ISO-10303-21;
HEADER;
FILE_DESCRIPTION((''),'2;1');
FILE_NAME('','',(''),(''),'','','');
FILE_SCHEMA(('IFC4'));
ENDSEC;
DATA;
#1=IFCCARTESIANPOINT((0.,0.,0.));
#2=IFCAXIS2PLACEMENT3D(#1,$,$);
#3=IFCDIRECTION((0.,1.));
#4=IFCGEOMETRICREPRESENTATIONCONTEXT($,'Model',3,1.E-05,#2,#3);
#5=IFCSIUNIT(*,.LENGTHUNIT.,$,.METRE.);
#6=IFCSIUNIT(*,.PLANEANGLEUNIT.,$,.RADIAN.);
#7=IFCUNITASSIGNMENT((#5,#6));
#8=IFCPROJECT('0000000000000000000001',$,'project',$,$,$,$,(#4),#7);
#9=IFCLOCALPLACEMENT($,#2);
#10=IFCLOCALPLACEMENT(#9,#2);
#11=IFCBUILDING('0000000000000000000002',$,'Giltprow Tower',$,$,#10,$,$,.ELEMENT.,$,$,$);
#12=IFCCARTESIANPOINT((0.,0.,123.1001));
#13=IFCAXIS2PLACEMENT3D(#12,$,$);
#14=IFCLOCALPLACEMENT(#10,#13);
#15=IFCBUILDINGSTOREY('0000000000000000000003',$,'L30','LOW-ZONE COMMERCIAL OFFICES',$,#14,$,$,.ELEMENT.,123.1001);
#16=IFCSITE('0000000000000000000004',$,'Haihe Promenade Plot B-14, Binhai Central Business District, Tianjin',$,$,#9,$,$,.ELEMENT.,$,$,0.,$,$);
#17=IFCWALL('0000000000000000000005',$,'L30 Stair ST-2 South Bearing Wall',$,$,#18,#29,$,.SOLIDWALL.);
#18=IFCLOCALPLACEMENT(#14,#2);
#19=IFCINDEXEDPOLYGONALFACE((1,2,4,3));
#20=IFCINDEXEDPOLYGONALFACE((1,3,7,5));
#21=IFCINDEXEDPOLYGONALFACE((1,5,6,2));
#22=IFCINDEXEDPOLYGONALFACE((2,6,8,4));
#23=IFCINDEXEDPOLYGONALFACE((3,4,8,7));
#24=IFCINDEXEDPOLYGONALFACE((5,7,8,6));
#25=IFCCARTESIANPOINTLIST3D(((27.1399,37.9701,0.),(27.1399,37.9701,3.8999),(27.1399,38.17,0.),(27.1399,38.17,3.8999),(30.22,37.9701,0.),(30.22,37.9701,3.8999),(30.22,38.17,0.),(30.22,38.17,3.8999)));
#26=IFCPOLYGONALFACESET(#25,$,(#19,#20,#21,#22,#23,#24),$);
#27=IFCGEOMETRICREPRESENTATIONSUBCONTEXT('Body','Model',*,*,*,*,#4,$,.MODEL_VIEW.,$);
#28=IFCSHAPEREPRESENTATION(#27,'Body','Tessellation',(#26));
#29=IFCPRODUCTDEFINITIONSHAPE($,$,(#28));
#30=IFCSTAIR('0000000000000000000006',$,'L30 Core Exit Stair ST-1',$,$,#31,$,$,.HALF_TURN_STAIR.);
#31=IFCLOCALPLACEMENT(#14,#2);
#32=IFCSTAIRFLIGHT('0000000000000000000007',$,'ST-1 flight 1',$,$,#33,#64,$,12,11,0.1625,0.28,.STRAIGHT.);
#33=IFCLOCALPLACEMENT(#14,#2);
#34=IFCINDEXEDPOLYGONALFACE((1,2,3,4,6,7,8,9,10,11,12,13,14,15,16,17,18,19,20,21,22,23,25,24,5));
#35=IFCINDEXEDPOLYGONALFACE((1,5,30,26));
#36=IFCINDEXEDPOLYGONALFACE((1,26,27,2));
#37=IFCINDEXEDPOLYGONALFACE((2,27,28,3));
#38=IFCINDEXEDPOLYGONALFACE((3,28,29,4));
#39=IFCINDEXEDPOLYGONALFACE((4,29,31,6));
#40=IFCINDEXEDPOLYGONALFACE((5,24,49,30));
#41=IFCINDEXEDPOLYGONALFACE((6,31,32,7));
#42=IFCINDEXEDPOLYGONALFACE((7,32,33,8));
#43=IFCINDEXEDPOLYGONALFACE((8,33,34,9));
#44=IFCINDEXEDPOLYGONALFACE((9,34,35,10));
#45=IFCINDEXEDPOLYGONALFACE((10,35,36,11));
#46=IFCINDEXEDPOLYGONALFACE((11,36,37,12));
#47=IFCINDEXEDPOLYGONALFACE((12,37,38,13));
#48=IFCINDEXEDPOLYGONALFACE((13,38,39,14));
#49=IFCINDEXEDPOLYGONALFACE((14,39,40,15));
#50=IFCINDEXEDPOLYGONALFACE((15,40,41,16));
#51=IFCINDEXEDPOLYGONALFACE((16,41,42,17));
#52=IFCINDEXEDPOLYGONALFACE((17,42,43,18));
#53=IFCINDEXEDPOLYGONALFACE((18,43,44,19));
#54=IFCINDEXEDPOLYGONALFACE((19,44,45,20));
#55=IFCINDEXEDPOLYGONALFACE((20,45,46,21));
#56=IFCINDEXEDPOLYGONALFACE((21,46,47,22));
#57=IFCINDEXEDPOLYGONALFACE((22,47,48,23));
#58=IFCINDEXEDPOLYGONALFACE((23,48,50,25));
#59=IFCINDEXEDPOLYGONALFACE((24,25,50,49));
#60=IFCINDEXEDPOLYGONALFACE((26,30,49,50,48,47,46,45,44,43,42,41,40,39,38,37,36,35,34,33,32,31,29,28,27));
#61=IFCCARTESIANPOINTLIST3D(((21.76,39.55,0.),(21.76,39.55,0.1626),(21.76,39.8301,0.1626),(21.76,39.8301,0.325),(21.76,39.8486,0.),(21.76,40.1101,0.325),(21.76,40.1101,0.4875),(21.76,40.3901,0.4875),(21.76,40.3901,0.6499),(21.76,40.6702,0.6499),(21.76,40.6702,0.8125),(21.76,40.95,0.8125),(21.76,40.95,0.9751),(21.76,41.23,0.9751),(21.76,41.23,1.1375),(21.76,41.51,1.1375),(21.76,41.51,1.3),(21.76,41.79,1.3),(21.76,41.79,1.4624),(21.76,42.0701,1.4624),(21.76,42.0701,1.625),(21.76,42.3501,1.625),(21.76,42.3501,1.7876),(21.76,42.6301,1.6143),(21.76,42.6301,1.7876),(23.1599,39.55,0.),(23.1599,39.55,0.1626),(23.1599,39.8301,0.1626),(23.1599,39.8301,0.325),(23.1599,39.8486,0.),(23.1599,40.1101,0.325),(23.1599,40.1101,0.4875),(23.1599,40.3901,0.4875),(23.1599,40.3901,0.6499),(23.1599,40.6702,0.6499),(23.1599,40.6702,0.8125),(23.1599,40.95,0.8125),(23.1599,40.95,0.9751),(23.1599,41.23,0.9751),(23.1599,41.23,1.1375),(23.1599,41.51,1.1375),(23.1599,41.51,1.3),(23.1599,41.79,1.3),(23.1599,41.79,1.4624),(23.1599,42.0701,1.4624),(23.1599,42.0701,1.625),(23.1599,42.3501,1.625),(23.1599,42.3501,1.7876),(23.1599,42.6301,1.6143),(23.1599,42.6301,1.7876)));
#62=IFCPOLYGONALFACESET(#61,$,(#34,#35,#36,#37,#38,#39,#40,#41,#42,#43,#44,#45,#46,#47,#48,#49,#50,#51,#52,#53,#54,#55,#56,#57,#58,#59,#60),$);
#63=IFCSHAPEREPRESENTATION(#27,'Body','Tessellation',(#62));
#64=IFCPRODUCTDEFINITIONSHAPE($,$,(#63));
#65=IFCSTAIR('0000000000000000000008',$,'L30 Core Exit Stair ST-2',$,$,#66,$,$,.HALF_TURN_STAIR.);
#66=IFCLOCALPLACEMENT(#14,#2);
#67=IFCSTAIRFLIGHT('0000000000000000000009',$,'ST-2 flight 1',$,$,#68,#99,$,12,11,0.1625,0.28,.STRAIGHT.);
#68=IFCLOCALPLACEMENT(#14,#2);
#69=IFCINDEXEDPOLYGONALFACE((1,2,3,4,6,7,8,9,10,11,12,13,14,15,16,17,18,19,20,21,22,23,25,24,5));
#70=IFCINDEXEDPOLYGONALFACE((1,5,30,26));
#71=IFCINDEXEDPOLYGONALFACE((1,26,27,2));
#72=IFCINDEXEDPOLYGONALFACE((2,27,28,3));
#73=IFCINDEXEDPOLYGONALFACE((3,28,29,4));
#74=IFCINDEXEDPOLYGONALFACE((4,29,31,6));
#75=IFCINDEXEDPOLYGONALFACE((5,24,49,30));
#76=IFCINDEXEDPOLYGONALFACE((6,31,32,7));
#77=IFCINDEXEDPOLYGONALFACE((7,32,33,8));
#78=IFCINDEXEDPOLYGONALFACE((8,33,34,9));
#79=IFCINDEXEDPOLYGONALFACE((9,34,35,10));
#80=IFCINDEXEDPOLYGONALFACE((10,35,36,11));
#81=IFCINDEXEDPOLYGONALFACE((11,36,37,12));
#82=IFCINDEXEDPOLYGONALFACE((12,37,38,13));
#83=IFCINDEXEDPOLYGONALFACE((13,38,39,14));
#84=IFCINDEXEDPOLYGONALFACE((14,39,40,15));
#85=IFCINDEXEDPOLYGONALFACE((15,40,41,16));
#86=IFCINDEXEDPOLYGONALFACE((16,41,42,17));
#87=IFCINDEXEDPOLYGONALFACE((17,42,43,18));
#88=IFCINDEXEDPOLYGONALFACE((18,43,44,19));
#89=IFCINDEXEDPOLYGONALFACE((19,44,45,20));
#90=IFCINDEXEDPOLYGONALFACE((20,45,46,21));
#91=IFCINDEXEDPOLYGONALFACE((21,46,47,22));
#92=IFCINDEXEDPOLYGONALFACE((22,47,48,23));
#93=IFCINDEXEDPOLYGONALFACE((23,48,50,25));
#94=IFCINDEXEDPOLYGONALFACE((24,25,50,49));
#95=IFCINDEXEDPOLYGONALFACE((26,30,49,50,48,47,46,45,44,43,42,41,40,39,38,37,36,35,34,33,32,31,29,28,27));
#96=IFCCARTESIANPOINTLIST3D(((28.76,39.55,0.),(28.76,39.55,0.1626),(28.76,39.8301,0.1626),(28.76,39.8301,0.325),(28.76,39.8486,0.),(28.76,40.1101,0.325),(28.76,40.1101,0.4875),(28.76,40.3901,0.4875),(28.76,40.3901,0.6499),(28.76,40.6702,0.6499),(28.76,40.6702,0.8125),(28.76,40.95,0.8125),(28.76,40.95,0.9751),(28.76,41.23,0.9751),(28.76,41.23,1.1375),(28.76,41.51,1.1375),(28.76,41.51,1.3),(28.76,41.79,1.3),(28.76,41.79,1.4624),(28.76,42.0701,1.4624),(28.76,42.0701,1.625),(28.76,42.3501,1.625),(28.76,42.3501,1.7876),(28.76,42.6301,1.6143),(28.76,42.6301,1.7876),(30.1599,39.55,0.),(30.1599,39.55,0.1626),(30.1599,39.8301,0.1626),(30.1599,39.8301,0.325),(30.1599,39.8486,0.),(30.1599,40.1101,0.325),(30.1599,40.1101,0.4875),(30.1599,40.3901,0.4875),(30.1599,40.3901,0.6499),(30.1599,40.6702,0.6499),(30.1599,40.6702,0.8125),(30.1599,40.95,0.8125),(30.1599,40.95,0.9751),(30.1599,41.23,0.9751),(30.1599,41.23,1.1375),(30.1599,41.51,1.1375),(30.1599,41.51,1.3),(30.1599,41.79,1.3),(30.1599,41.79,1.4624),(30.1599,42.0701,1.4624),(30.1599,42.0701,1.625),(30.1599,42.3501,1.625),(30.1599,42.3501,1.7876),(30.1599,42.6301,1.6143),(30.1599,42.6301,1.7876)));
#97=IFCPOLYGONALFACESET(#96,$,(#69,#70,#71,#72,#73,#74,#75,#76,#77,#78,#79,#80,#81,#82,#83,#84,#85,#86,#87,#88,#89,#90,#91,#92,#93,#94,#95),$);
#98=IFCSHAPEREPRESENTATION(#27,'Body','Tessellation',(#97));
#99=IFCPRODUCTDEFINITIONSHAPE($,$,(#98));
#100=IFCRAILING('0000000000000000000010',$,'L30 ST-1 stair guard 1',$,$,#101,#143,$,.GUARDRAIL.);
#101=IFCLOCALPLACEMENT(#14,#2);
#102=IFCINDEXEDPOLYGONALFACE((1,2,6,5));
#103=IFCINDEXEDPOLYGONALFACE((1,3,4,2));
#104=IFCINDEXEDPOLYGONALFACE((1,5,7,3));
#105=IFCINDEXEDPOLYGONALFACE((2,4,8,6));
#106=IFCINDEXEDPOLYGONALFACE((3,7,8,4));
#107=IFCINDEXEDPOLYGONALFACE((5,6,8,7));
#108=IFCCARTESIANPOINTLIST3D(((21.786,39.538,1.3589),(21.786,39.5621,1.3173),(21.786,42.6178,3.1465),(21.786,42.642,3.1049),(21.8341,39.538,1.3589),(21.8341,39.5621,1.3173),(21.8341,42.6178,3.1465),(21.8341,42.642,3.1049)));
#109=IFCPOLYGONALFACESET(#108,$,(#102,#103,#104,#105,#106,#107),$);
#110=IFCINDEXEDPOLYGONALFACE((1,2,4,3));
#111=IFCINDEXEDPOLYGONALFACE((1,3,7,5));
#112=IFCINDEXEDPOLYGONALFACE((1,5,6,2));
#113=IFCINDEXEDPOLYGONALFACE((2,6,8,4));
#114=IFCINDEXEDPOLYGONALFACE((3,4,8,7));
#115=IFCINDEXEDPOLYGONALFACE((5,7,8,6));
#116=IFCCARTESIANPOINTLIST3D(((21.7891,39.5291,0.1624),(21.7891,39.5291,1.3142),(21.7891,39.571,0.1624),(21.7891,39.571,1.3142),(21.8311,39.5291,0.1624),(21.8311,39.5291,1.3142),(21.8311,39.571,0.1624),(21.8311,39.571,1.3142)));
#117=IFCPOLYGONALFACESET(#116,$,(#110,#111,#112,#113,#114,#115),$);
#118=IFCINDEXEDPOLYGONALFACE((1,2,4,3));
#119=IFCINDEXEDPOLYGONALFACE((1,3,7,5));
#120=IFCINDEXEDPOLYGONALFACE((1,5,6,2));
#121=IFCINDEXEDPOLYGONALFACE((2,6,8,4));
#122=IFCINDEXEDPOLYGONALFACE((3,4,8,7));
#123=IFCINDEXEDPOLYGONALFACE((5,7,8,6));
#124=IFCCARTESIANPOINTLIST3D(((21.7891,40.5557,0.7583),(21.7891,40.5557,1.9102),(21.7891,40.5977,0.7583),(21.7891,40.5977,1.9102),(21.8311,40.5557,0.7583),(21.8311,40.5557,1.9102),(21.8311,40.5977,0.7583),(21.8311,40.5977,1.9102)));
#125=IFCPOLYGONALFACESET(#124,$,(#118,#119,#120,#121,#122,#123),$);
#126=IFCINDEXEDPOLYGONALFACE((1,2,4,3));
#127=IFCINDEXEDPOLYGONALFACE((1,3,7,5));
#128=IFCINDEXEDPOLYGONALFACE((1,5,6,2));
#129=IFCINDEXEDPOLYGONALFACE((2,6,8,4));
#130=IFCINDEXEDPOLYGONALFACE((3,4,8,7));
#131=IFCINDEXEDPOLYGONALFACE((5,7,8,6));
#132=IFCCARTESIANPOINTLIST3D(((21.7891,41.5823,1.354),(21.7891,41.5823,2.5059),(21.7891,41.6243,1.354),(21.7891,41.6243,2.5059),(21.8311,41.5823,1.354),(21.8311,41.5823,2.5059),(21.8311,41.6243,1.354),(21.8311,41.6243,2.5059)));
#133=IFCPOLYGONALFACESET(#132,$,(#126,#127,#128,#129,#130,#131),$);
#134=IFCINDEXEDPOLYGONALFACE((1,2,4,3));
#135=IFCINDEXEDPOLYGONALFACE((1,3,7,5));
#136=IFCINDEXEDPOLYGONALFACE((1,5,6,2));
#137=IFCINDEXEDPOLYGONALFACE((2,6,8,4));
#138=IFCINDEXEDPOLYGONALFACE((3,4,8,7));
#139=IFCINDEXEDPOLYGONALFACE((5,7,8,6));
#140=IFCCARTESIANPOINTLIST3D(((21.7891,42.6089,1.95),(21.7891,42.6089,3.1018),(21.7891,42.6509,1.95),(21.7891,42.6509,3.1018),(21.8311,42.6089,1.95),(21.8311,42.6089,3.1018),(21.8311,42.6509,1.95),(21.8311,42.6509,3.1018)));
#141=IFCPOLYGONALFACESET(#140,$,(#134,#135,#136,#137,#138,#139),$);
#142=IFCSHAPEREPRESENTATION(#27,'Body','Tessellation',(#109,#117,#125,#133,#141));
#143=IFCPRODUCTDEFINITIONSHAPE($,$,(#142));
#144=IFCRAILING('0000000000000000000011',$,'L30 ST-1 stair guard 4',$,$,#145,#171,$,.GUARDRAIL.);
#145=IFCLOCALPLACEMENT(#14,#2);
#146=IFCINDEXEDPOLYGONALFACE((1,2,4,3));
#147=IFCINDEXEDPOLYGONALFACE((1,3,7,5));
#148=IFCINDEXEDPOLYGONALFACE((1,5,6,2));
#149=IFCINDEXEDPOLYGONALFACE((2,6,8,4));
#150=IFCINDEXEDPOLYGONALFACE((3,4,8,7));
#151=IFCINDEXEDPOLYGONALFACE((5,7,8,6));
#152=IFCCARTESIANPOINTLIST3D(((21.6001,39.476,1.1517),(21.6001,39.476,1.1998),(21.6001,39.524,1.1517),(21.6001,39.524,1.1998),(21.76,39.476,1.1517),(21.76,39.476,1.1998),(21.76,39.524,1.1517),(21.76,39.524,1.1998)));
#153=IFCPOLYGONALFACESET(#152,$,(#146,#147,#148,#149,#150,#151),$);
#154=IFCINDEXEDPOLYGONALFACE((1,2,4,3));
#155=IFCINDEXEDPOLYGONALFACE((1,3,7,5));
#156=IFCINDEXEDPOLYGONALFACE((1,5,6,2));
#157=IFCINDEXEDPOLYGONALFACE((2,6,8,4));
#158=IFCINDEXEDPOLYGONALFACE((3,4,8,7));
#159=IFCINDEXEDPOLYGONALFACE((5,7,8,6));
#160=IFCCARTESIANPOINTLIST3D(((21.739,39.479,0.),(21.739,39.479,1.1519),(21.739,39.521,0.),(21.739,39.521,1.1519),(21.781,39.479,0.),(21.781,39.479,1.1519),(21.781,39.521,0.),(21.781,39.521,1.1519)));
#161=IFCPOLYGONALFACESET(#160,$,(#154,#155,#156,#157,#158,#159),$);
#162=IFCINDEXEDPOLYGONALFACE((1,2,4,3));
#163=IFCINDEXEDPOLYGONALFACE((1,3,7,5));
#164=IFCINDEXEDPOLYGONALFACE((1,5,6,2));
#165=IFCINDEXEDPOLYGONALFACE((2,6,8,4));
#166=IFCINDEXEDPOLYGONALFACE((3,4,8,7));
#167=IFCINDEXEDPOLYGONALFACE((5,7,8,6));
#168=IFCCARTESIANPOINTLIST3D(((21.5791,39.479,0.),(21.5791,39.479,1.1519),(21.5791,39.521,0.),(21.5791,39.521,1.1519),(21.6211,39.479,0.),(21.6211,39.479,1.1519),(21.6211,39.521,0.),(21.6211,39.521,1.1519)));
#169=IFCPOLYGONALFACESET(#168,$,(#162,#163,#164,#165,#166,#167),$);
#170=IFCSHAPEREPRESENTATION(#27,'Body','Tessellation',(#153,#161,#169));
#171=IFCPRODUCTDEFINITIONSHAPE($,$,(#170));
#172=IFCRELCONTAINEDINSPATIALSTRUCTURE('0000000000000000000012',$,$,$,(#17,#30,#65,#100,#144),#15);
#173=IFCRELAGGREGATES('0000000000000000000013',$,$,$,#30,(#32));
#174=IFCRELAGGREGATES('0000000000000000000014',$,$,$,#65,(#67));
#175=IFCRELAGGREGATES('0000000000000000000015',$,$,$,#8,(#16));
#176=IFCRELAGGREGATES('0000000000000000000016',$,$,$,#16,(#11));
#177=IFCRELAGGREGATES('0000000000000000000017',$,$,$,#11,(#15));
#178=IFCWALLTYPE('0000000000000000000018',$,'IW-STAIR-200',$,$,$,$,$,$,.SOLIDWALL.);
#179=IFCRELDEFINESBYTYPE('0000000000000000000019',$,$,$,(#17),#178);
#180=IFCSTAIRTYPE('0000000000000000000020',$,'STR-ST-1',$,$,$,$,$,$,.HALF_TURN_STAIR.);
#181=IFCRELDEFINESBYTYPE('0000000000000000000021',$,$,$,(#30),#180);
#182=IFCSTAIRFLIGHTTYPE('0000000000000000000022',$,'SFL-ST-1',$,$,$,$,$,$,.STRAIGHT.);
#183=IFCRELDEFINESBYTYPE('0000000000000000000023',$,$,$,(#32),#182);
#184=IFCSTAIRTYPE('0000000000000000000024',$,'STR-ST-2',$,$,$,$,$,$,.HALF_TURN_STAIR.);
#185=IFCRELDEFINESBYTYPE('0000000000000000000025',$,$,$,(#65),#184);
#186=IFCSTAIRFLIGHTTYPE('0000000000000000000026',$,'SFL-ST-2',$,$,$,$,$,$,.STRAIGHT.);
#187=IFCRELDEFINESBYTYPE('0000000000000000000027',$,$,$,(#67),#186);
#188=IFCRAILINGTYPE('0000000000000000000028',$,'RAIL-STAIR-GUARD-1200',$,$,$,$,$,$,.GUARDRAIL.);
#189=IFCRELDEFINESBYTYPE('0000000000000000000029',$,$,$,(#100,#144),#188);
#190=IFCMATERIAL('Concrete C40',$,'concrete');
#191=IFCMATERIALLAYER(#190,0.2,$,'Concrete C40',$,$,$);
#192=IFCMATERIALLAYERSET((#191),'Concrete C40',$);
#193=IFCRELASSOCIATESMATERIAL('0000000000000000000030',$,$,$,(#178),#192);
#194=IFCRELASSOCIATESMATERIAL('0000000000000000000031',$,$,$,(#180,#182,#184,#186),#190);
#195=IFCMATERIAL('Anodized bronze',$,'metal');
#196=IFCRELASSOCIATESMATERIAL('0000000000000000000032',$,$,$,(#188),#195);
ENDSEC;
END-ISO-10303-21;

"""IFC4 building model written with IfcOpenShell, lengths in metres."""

from ifc_helpers import new_model, si_unit, direction, frame, frame_2d, origin, origin_2d, place, context, subcontext, project, spatial, polyline, rectangle, outline, extrude, material, layer, layer_set, type_object, element, aggregate, save


model = new_model("IFC4")

# Units and contexts
model_context = context("Model", 3, precision=1e-05, world=origin(), true_north=direction((0.0, 1.0)))
body_context = subcontext(model_context, "Body", "Model", "MODEL_VIEW")
ifc_project = project(units=[si_unit("LENGTHUNIT", "METRE"), si_unit("PLANEANGLEUNIT", "RADIAN")], contexts=[model_context])

# Site, building, storey
site_placement = place(None, origin())
site = spatial("IfcSite", under=ifc_project, at=site_placement, Name="Haihe Promenade Plot B-14, Binhai Central Business District, Tianjin", CompositionType="ELEMENT", RefElevation=0.0)
building_placement = place(site_placement, origin())
building = spatial("IfcBuilding", under=site, at=building_placement, Name="Giltprow Tower", CompositionType="ELEMENT")
storey_placement = place(building_placement, frame((0.0, 0.0, 123.1001)))
storey = spatial("IfcBuildingStorey", under=building, at=storey_placement, Name="L30", Description="LOW-ZONE COMMERCIAL OFFICES", CompositionType="ELEMENT", Elevation=123.1001)

# Shared definitions
ifc_material_1 = material(Name="Concrete C40", Category="concrete")
ifc_layer_1 = layer(ifc_material_1, 0.2, Name="Concrete C40")
ifc_layer_set_1 = layer_set([ifc_layer_1], Name="Concrete C40")
wall_type_1 = type_object("IfcWallType", Name="IW-STAIR-200", PredefinedType="SOLIDWALL", material=ifc_layer_set_1)

# Wall
wall_1_placement = place(storey_placement, frame((27.1399, 38.0701, 0.0), z_axis=(0.0, 0.0, 1.0), x_axis=(1.0, 0.0, 0.0)))
element("IfcWall", 1, at=wall_1_placement, inside=storey, type_object=wall_type_1, Name="L30 Stair ST-2 South Bearing Wall", PredefinedType="SOLIDWALL", context=body_context, shape_type="SweptSolid", body=[
    extrude(rectangle(XDim=3.0801, YDim=0.2, at=frame_2d((1.54, 0.0))), origin(), (0.0, 0.0, 1.0), 3.8999),
])

# Stairs, stair flights
stair_type_1 = type_object("IfcStairType", Name="STR-ST-1", PredefinedType="HALF_TURN_STAIR", material=ifc_material_1)
stair_1_placement = place(storey_placement, origin())
stair_1 = element("IfcStair", 2, at=stair_1_placement, inside=storey, type_object=stair_type_1, Name="L30 Core Exit Stair ST-1", PredefinedType="HALF_TURN_STAIR")
stair_flight_type_1 = type_object("IfcStairFlightType", Name="SFL-ST-1", PredefinedType="STRAIGHT", material=ifc_material_1)
stair_flight_1_placement = place(storey_placement, frame((22.46, 39.55, 0.0), z_axis=(0.0, 0.0, 1.0), x_axis=(0.0, 1.0, 0.0)))
stair_flight_1 = element("IfcStairFlight", 3, at=stair_flight_1_placement, type_object=stair_flight_type_1, Name="ST-1 flight 1", NumberOfRisers=12, NumberOfTreads=11, PredefinedType="STRAIGHT", RiserHeight=0.1625, TreadLength=0.28, context=body_context, shape_type="SweptSolid", body=[
    extrude(outline(polyline([(0.0, 0.0), (0.0, 0.1626), (0.28, 0.1626), (0.28, 0.325), (0.5601, 0.325), (0.5601, 0.4875), (0.8401, 0.4875), (0.8401, 0.6499), (1.1201, 0.6499), (1.1201, 0.8125), (1.3999, 0.8125), (1.3999, 0.9751), (1.6799, 0.9751), (1.6799, 1.1375), (1.96, 1.1375), (1.96, 1.3), (2.24, 1.3), (2.24, 1.4624), (2.52, 1.4624), (2.52, 1.625), (2.8, 1.625), (2.8, 1.7876), (3.0801, 1.7876), (3.0801, 1.95), (3.0801, 1.6143), (0.2986, 0.0), (0.0, 0.0)])), frame((0.0, 0.7, 0.0), z_axis=(0.0, -1.0, 0.0), x_axis=(1.0, 0.0, 0.0)), (0.0, 0.0, 1.0), 1.3999),
])
aggregate(stair_1, [stair_flight_1])
stair_type_2 = type_object("IfcStairType", Name="STR-ST-2", PredefinedType="HALF_TURN_STAIR", material=ifc_material_1)
stair_2_placement = place(storey_placement, origin())
stair_2 = element("IfcStair", 4, at=stair_2_placement, inside=storey, type_object=stair_type_2, Name="L30 Core Exit Stair ST-2", PredefinedType="HALF_TURN_STAIR")
stair_flight_type_2 = type_object("IfcStairFlightType", Name="SFL-ST-2", PredefinedType="STRAIGHT", material=ifc_material_1)
stair_flight_2_placement = place(storey_placement, frame((29.46, 39.55, 0.0), z_axis=(0.0, 0.0, 1.0), x_axis=(0.0, 1.0, 0.0)))
stair_flight_2 = element("IfcStairFlight", 5, at=stair_flight_2_placement, type_object=stair_flight_type_2, Name="ST-2 flight 1", NumberOfRisers=12, NumberOfTreads=11, PredefinedType="STRAIGHT", RiserHeight=0.1625, TreadLength=0.28, context=body_context, shape_type="SweptSolid", body=[
    extrude(outline(polyline([(0.0, 0.0), (0.0, 0.1626), (0.28, 0.1626), (0.28, 0.325), (0.5601, 0.325), (0.5601, 0.4875), (0.8401, 0.4875), (0.8401, 0.6499), (1.1201, 0.6499), (1.1201, 0.8125), (1.3999, 0.8125), (1.3999, 0.9751), (1.6799, 0.9751), (1.6799, 1.1375), (1.96, 1.1375), (1.96, 1.3), (2.24, 1.3), (2.24, 1.4624), (2.52, 1.4624), (2.52, 1.625), (2.8, 1.625), (2.8, 1.7876), (3.0801, 1.7876), (3.0801, 1.95), (3.0801, 1.6143), (0.2986, 0.0), (0.0, 0.0)])), frame((0.0, 0.7, 0.0), z_axis=(0.0, -1.0, 0.0), x_axis=(1.0, 0.0, 0.0)), (0.0, 0.0, 1.0), 1.3999),
])
aggregate(stair_2, [stair_flight_2])

# Railings
ifc_material_2 = material(Name="Anodized bronze", Category="metal")
railing_type_1 = type_object("IfcRailingType", Name="RAIL-STAIR-GUARD-1200", PredefinedType="GUARDRAIL", material=ifc_material_2)
railing_1_placement = place(storey_placement, frame((21.8101, 39.55, 0.1624)))
element("IfcRailing", 6, at=railing_1_placement, inside=storey, type_object=railing_type_1, Name="L30 ST-1 stair guard 1", PredefinedType="GUARDRAIL", context=body_context, shape_type="SweptSolid", body=[
    extrude(rectangle(XDim=0.0481, YDim=0.0481, at=origin_2d()), frame((0.0, 0.0, 1.1758), z_axis=(0.0, 0.864873, 0.50199), x_axis=(-1.0, 0.0, 0.0)), (0.0, 0.0, 1.0), 3.561),
    extrude(rectangle(XDim=0.042, YDim=0.042, at=origin_2d()), origin(), (0.0, 0.0, 1.0), 1.1519),
    extrude(rectangle(XDim=0.042, YDim=0.042, at=origin_2d()), frame((0.0, 1.0266, 0.5959)), (0.0, 0.0, 1.0), 1.1519),
    extrude(rectangle(XDim=0.042, YDim=0.042, at=origin_2d()), frame((0.0, 2.0532, 1.1917)), (0.0, 0.0, 1.0), 1.1519),
    extrude(rectangle(XDim=0.042, YDim=0.042, at=origin_2d()), frame((0.0, 3.0798, 1.7876)), (0.0, 0.0, 1.0), 1.1519),
])
railing_2_placement = place(storey_placement, frame((21.76, 39.5, 0.0)))
element("IfcRailing", 7, at=railing_2_placement, inside=storey, type_object=railing_type_1, Name="L30 ST-1 stair guard 4", PredefinedType="GUARDRAIL", context=body_context, shape_type="SweptSolid", body=[
    extrude(rectangle(XDim=0.0481, YDim=0.0481, at=origin_2d()), frame((0.0, 0.0, 1.1758), z_axis=(-1.0, 0.0, 0.0), x_axis=(0.0, -1.0, 0.0)), (0.0, 0.0, 1.0), 0.1599),
    extrude(rectangle(XDim=0.042, YDim=0.042, at=origin_2d()), origin(), (0.0, 0.0, 1.0), 1.1519),
    extrude(rectangle(XDim=0.042, YDim=0.042, at=origin_2d()), frame((-0.1599, 0.0, 0.0)), (0.0, 0.0, 1.0), 1.1519),
])

save(model, "model.ifc")
